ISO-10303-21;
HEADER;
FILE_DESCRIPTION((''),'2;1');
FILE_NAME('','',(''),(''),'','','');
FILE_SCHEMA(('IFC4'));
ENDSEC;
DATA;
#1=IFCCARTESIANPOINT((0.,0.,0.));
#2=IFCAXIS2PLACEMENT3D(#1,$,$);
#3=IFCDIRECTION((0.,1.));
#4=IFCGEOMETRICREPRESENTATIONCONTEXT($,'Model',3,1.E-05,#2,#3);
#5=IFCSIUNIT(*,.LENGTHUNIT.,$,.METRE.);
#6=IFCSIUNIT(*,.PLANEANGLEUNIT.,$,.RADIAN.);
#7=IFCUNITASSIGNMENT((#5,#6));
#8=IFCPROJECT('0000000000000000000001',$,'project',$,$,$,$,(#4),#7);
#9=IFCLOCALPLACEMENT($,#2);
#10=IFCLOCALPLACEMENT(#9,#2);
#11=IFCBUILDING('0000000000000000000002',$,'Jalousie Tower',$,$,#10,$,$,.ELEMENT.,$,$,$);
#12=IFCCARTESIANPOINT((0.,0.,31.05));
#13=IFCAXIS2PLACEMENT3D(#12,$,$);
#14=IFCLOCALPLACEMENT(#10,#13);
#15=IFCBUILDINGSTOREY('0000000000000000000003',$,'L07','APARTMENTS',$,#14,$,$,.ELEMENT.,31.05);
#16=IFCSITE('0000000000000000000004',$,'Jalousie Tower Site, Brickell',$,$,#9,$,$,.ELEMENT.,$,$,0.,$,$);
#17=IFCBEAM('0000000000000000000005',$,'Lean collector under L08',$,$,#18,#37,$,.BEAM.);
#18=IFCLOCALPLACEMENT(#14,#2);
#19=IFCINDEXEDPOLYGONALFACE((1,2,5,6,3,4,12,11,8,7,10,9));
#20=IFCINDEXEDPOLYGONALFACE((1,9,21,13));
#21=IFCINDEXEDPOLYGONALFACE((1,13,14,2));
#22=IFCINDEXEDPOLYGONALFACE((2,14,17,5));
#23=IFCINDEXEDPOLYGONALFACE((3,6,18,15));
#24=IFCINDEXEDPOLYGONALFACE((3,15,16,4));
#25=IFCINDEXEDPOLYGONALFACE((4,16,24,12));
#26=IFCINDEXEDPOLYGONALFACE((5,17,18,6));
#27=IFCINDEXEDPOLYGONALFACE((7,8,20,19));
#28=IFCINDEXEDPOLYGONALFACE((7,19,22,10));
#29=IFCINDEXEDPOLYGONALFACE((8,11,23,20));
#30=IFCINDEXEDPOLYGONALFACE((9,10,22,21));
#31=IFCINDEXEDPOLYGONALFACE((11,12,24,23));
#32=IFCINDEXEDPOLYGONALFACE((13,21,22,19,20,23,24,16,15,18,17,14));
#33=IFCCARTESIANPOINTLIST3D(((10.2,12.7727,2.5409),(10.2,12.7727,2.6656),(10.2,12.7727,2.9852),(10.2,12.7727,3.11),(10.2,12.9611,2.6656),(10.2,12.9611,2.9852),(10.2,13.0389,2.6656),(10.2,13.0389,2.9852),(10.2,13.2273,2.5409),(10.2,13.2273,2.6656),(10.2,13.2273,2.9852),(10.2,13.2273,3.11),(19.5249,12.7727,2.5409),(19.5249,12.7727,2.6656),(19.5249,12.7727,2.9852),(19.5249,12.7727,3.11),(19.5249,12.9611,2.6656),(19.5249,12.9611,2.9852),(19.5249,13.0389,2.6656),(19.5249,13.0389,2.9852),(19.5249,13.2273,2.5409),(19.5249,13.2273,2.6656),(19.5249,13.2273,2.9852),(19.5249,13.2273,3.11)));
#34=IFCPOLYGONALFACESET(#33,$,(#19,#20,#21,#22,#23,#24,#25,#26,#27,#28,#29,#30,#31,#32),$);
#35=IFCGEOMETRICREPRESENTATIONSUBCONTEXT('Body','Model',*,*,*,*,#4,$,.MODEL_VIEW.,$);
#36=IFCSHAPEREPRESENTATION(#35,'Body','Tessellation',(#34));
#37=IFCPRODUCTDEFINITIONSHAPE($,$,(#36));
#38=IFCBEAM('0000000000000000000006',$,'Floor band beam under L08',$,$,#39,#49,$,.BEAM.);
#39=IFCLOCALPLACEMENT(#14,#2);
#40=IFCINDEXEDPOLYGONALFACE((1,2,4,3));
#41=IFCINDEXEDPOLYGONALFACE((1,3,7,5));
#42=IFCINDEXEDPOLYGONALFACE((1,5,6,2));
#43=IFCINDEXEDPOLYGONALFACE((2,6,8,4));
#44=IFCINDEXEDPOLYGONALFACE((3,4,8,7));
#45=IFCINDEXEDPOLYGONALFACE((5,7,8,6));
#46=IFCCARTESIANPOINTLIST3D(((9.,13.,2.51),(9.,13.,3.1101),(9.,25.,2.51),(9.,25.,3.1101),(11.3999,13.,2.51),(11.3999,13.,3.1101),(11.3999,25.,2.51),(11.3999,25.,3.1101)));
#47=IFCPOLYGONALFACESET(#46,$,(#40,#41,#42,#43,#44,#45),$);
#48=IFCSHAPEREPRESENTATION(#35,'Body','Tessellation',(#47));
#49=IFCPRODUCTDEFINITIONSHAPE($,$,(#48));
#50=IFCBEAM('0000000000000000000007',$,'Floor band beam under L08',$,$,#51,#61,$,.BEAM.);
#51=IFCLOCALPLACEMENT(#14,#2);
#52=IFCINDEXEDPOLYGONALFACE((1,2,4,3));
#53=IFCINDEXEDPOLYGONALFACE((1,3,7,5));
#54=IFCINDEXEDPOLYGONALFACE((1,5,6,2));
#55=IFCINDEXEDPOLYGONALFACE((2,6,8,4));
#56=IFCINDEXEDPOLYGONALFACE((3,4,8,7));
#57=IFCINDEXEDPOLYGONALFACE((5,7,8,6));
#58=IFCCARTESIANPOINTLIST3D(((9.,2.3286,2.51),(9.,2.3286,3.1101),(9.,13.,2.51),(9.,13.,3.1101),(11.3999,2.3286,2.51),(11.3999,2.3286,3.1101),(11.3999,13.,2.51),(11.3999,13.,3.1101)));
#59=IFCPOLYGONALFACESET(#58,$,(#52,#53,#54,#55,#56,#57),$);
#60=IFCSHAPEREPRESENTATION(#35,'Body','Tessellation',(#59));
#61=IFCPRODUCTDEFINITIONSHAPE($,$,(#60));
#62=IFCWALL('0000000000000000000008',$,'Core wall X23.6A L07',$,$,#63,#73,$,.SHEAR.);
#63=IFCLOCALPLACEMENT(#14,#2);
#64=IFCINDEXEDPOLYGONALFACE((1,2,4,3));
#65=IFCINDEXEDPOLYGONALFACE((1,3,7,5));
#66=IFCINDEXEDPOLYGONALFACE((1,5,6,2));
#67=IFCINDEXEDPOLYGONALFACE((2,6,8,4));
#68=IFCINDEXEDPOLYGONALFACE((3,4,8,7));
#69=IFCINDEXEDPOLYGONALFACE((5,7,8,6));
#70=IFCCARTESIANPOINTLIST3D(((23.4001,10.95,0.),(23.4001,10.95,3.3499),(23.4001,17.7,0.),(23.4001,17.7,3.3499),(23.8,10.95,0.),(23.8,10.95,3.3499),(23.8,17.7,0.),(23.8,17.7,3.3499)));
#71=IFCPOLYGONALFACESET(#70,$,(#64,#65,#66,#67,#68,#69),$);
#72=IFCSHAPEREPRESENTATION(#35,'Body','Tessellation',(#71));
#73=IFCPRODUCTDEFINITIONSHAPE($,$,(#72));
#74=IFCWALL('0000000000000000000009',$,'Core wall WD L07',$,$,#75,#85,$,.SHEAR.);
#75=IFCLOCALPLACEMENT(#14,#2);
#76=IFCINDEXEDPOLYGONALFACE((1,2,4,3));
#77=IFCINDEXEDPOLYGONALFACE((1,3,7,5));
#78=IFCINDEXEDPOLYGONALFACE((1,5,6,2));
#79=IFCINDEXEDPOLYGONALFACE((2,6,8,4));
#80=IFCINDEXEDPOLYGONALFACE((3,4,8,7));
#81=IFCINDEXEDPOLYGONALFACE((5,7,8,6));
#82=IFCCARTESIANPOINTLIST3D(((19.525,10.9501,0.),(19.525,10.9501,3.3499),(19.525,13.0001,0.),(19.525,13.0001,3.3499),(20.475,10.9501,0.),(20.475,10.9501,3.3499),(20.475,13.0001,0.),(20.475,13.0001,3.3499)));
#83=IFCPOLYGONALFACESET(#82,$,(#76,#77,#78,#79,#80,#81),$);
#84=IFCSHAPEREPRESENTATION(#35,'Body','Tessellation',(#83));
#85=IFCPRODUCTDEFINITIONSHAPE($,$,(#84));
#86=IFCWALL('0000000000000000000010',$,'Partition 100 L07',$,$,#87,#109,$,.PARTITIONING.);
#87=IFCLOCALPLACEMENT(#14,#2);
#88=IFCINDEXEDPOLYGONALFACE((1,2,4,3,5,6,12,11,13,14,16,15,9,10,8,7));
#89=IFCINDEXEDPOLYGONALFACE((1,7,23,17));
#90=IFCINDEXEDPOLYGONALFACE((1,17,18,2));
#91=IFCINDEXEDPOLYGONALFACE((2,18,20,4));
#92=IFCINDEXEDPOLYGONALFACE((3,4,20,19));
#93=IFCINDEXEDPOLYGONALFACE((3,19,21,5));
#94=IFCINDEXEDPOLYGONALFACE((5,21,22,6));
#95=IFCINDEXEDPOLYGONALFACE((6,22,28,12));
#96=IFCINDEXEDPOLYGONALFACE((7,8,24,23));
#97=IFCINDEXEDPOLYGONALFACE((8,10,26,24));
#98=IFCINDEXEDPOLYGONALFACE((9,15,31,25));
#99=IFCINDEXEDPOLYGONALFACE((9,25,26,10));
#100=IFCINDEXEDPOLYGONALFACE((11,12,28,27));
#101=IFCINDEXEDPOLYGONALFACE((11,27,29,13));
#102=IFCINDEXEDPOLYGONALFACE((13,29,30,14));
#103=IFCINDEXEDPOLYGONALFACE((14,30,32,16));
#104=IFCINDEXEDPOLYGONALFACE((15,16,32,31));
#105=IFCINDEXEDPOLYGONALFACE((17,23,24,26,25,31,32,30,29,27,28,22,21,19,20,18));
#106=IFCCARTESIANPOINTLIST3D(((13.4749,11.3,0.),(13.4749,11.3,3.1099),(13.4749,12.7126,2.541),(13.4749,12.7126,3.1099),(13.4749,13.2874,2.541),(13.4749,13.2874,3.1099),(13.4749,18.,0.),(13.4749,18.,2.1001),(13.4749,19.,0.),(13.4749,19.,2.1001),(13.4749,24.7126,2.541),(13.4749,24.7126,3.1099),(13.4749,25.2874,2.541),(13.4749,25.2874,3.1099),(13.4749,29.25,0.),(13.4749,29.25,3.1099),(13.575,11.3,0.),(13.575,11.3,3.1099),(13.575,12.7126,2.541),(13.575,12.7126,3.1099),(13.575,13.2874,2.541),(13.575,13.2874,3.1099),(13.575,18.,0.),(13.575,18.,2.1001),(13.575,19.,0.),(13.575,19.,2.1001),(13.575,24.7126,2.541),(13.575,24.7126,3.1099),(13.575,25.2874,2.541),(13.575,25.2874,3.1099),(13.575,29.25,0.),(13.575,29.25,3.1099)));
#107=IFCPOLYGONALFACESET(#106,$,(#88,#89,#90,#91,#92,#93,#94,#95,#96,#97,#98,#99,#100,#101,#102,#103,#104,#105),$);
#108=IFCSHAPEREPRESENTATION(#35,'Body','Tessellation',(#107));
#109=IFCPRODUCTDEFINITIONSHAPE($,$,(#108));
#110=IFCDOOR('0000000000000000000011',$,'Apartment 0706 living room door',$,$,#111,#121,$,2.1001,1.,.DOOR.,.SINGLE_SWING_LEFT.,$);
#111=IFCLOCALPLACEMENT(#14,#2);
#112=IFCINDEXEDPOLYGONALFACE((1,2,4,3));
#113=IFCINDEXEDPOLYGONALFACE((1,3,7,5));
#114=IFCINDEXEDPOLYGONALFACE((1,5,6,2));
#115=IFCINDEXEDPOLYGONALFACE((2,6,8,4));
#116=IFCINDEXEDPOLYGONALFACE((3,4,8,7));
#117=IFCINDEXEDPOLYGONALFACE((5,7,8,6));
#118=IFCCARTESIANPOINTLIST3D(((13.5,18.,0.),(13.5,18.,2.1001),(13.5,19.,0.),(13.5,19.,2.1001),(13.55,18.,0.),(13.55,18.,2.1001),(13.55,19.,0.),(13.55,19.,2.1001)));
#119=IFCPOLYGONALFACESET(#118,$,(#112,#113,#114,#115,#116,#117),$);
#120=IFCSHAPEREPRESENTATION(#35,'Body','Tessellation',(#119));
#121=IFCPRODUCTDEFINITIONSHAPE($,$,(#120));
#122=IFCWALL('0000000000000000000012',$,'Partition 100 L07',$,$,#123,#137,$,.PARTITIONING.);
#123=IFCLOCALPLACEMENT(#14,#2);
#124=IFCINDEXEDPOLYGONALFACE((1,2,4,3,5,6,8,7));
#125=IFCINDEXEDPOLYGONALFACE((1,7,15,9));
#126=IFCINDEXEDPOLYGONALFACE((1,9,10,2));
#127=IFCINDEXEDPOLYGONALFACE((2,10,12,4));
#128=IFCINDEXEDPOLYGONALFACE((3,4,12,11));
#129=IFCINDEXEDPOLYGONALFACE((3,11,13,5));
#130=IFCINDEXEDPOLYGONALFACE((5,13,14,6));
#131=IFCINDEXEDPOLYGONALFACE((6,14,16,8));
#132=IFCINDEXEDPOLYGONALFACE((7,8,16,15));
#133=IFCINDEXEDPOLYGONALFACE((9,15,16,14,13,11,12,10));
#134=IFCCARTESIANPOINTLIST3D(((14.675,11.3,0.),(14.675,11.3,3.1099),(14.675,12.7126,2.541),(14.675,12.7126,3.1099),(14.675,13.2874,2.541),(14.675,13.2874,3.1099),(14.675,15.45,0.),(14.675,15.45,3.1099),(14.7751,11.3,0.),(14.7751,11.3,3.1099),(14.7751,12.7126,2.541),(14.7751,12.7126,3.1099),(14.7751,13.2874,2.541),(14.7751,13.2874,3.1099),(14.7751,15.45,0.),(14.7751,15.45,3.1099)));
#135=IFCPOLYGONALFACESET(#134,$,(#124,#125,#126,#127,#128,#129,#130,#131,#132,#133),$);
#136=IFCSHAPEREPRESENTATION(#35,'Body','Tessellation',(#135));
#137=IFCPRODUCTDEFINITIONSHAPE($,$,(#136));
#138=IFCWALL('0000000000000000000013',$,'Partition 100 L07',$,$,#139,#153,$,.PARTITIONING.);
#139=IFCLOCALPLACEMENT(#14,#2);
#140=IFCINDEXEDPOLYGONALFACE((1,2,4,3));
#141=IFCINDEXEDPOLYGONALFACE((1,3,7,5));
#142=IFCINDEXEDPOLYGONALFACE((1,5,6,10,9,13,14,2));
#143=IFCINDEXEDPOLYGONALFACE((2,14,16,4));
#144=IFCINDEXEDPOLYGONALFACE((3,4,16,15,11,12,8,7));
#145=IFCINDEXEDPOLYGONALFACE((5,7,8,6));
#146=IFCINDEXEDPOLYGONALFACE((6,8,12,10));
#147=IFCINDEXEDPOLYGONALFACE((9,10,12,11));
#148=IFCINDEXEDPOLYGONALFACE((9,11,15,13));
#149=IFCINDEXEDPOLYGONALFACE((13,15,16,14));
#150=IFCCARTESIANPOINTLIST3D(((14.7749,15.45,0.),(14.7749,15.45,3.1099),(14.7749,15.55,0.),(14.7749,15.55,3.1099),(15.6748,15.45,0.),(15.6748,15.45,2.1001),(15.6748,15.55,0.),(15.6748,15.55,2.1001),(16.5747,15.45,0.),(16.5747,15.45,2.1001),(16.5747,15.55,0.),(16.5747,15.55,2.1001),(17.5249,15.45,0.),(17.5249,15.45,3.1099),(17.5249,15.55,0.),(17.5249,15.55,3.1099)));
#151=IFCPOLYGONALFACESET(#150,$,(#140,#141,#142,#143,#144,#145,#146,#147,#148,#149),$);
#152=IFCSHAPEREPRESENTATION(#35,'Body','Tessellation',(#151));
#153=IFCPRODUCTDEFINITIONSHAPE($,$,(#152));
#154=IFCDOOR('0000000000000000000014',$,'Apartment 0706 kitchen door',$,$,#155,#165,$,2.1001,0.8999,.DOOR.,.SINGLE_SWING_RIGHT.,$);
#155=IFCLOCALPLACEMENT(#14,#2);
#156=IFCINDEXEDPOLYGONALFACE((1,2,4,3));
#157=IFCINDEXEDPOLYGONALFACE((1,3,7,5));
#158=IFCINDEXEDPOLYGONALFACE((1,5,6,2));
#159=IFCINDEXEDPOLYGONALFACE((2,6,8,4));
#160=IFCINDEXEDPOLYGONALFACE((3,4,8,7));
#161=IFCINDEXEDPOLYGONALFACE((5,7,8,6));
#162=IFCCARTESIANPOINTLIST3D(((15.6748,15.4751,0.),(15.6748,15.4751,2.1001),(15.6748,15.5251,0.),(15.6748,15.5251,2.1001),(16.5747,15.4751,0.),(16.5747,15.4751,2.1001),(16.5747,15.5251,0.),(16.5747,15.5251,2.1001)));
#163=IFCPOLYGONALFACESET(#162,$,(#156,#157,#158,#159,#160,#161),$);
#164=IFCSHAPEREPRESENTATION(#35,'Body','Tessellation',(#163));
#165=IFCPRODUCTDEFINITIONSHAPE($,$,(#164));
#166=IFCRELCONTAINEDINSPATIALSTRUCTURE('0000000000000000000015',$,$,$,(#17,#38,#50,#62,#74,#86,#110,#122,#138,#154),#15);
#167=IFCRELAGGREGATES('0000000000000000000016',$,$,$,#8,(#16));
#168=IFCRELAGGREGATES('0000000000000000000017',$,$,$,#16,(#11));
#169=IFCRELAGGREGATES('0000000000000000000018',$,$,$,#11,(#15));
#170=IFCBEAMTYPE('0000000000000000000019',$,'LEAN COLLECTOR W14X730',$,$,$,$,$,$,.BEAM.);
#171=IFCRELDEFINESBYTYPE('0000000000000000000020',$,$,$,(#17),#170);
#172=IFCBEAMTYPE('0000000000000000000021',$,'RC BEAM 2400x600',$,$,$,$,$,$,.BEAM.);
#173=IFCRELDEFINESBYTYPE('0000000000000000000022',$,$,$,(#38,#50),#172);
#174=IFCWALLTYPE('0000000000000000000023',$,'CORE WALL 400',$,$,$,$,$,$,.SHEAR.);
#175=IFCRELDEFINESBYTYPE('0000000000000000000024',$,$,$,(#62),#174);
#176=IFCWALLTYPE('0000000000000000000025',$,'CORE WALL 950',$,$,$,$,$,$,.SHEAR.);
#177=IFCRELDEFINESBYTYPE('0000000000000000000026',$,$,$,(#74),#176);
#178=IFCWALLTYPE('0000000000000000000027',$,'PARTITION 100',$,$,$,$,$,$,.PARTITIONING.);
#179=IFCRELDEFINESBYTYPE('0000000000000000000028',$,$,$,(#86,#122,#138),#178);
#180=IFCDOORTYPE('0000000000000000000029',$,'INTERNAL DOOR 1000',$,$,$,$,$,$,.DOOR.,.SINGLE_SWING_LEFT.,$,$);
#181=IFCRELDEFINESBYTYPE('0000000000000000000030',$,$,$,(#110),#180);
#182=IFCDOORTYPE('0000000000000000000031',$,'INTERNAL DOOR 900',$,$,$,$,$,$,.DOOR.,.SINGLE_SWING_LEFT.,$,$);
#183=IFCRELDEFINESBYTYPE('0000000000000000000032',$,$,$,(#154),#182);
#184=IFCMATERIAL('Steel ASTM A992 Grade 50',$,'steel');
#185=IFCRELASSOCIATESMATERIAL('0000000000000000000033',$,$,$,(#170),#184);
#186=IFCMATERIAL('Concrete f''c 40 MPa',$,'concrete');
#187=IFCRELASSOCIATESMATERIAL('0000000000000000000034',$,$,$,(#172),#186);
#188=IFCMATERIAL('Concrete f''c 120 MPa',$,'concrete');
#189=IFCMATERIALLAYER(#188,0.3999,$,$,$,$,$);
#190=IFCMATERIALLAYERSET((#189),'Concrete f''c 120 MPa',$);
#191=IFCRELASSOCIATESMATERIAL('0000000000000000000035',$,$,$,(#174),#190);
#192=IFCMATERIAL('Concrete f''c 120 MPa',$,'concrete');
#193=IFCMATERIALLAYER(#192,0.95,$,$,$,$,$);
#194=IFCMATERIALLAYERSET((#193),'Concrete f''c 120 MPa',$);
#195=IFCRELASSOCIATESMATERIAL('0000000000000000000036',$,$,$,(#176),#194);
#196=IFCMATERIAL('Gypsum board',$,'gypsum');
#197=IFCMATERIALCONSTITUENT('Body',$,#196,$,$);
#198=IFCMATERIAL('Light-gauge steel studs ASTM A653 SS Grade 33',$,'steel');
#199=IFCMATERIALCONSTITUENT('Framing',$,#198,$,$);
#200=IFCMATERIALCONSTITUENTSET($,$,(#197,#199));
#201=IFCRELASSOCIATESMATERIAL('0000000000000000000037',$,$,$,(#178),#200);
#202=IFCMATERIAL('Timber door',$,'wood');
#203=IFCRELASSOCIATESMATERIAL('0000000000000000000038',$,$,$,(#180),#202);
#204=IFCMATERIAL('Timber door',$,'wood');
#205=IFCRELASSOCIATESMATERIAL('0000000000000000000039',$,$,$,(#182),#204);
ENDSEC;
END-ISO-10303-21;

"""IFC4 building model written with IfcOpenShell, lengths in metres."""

from ifc_helpers import new_model, si_unit, direction, frame, frame_2d, origin, origin_2d, place, context, subcontext, project, spatial, polyline, rectangle, i_section, outline, extrude, material, layer, layer_set, constituent, constituent_set, material_profile, profile_set, type_object, element, fill, save


model = new_model("IFC4")

# Units and contexts
model_context = context("Model", 3, precision=1e-05, world=origin(), true_north=direction((0.0, 1.0)))
body_context = subcontext(model_context, "Body", "Model", "MODEL_VIEW")
ifc_project = project(units=[si_unit("LENGTHUNIT", "METRE"), si_unit("PLANEANGLEUNIT", "RADIAN")], contexts=[model_context])

# Site, building, storey
site_placement = place(None, origin())
site = spatial("IfcSite", under=ifc_project, at=site_placement, Name="Jalousie Tower Site, Brickell", CompositionType="ELEMENT", RefElevation=0.0)
building_placement = place(site_placement, origin())
building = spatial("IfcBuilding", under=site, at=building_placement, Name="Jalousie Tower", CompositionType="ELEMENT")
storey_placement = place(building_placement, frame((0.0, 0.0, 31.05)))
storey = spatial("IfcBuildingStorey", under=building, at=storey_placement, Name="L07", Description="APARTMENTS", CompositionType="ELEMENT", Elevation=31.05)

# Beams
ifc_material_1 = material(Name="Steel ASTM A992 Grade 50", Category="steel")
ifc_material_profile_1 = material_profile(ifc_material_1, i_section(OverallWidth=0.4546, OverallDepth=0.5691, WebThickness=0.0779, FlangeThickness=0.1248, at=origin_2d()), Name="W14X730")
ifc_profile_set_1 = profile_set([ifc_material_profile_1], Name="Steel ASTM A992 Grade 50")
beam_type_1 = type_object("IfcBeamType", Name="LEAN COLLECTOR W14X730", PredefinedType="BEAM", material=ifc_profile_set_1)
beam_1_placement = place(storey_placement, frame((10.2, 13.0, 2.8254), z_axis=(1.0, 0.0, 0.0), x_axis=(0.0, 1.0, 0.0)))
element("IfcBeam", 1, at=beam_1_placement, inside=storey, type_object=beam_type_1, Name="Lean collector under L08", PredefinedType="BEAM", context=body_context, shape_type="SweptSolid", body=[
    extrude(i_section(OverallWidth=0.4546, OverallDepth=0.5691, WebThickness=0.0779, FlangeThickness=0.1248, at=origin_2d()), origin(), (0.0, 0.0, 1.0), 9.325),
])
ifc_material_2 = material(Name="Concrete f'c 40 MPa", Category="concrete")
ifc_material_profile_2 = material_profile(ifc_material_2, rectangle(XDim=2.3999, YDim=0.6001, at=origin_2d()), Name="RC 2400x600")
ifc_profile_set_2 = profile_set([ifc_material_profile_2], Name="Concrete f'c 40 MPa")
beam_type_2 = type_object("IfcBeamType", Name="RC BEAM 2400x600", PredefinedType="BEAM", material=ifc_profile_set_2)
beam_2_placement = place(storey_placement, frame((10.2, 13.0, 2.8101), z_axis=(0.0, 1.0, 0.0), x_axis=(-1.0, 0.0, 0.0)))
element("IfcBeam", 2, at=beam_2_placement, inside=storey, type_object=beam_type_2, Name="Floor band beam under L08", PredefinedType="BEAM", context=body_context, shape_type="SweptSolid", body=[
    extrude(rectangle(XDim=2.3999, YDim=0.6001, at=origin_2d()), origin(), (0.0, 0.0, 1.0), 12.0),
])
beam_3_placement = place(storey_placement, frame((10.2, 13.0, 2.8101), z_axis=(0.0, -1.0, 0.0), x_axis=(1.0, 0.0, 0.0)))
element("IfcBeam", 3, at=beam_3_placement, inside=storey, type_object=beam_type_2, Name="Floor band beam under L08", PredefinedType="BEAM", context=body_context, shape_type="SweptSolid", body=[
    extrude(rectangle(XDim=2.3999, YDim=0.6001, at=origin_2d()), origin(), (0.0, 0.0, 1.0), 10.6714),
])

# Walls
ifc_material_3 = material(Name="Concrete f'c 120 MPa", Category="concrete")
ifc_layer_1 = layer(ifc_material_3, 0.3999)
ifc_layer_set_1 = layer_set([ifc_layer_1], Name="Concrete f'c 120 MPa")
wall_type_1 = type_object("IfcWallType", Name="CORE WALL 400", PredefinedType="SHEAR", material=ifc_layer_set_1)
wall_1_placement = place(storey_placement, frame((23.6001, 10.95, 0.0), z_axis=(0.0, 0.0, 1.0), x_axis=(0.0, 1.0, 0.0)))
element("IfcWall", 4, at=wall_1_placement, inside=storey, type_object=wall_type_1, Name="Core wall X23.6A L07", PredefinedType="SHEAR", context=body_context, shape_type="SweptSolid", body=[
    extrude(rectangle(XDim=6.75, YDim=0.3999, at=frame_2d((3.375, 0.0))), origin(), (0.0, 0.0, 1.0), 3.3499),
])
ifc_material_4 = material(Name="Concrete f'c 120 MPa", Category="concrete")
ifc_layer_2 = layer(ifc_material_4, 0.95)
ifc_layer_set_2 = layer_set([ifc_layer_2], Name="Concrete f'c 120 MPa")
wall_type_2 = type_object("IfcWallType", Name="CORE WALL 950", PredefinedType="SHEAR", material=ifc_layer_set_2)
wall_2_placement = place(storey_placement, frame((20.0, 13.0, 0.0), z_axis=(0.0, 0.0, 1.0), x_axis=(0.0, -1.0, 0.0)))
element("IfcWall", 5, at=wall_2_placement, inside=storey, type_object=wall_type_2, Name="Core wall WD L07", PredefinedType="SHEAR", context=body_context, shape_type="SweptSolid", body=[
    extrude(rectangle(XDim=2.05, YDim=0.95, at=frame_2d((1.0249, 0.0))), origin(), (0.0, 0.0, 1.0), 3.3499),
])

# Wall, opening, door
ifc_material_5 = material(Name="Gypsum board", Category="gypsum")
ifc_constituent_1 = constituent(ifc_material_5, Name="Body")
ifc_material_6 = material(Name="Light-gauge steel studs ASTM A653 SS Grade 33", Category="steel")
ifc_constituent_2 = constituent(ifc_material_6, Name="Framing")
ifc_constituent_set_1 = constituent_set(constituents=[ifc_constituent_1, ifc_constituent_2])
wall_type_3 = type_object("IfcWallType", Name="PARTITION 100", PredefinedType="PARTITIONING", material=ifc_constituent_set_1)
wall_3_placement = place(storey_placement, frame((13.5249, 11.3, 0.0), z_axis=(0.0, 0.0, 1.0), x_axis=(0.0, 1.0, 0.0)))
wall_3 = element("IfcWall", 6, at=wall_3_placement, inside=storey, type_object=wall_type_3, Name="Partition 100 L07", PredefinedType="PARTITIONING", context=body_context, shape_type="SweptSolid", body=[
    extrude(outline(polyline([(0.0, 0.0), (17.95, 0.0), (17.95, 3.1099), (13.9873, 3.1099), (13.9873, 2.541), (13.4126, 2.541), (13.4126, 3.1099), (1.9873, 3.1099), (1.9873, 2.541), (1.4126, 2.541), (1.4126, 3.1099), (0.0, 3.1099), (0.0, 0.0)])), frame((0.0, 0.05, 0.0), z_axis=(0.0, -1.0, 0.0), x_axis=(1.0, 0.0, 0.0)), (0.0, 0.0, 1.0), 0.1001),
])
opening_1_placement = place(wall_3_placement, frame((6.7, 0.0, 0.0)))
opening_1 = element("IfcOpeningElement", 7, at=opening_1_placement, cuts=wall_3, PredefinedType="OPENING", context=body_context, shape_type="SweptSolid", body=[
    extrude(rectangle(XDim=1.0, YDim=2.1001, at=frame_2d((0.5, 1.05))), frame((0.0, 0.0601, 0.0), z_axis=(0.0, -1.0, 0.0), x_axis=(1.0, 0.0, 0.0)), (0.0, 0.0, 1.0), 0.1201),
])
ifc_material_7 = material(Name="Timber door", Category="wood")
door_type_1 = type_object("IfcDoorType", Name="INTERNAL DOOR 1000", OperationType="SINGLE_SWING_LEFT", PredefinedType="DOOR", material=ifc_material_7)
door_1_placement = place(opening_1_placement, origin())
door_1 = element("IfcDoor", 8, at=door_1_placement, inside=storey, type_object=door_type_1, Name="Apartment 0706 living room door", OperationType="SINGLE_SWING_LEFT", OverallHeight=2.1001, OverallWidth=1.0, PredefinedType="DOOR", context=body_context, shape_type="SweptSolid", body=[
    extrude(rectangle(XDim=1.0, YDim=2.1001, at=frame_2d((0.5, 1.05))), frame((0.0, 0.0249, 0.0), z_axis=(0.0, -1.0, 0.0), x_axis=(1.0, 0.0, 0.0)), (0.0, 0.0, 1.0), 0.05),
])
fill(opening_1, door_1)

# Wall
wall_4_placement = place(storey_placement, frame((14.7251, 11.3, 0.0), z_axis=(0.0, 0.0, 1.0), x_axis=(0.0, 1.0, 0.0)))
element("IfcWall", 9, at=wall_4_placement, inside=storey, type_object=wall_type_3, Name="Partition 100 L07", PredefinedType="PARTITIONING", context=body_context, shape_type="SweptSolid", body=[
    extrude(outline(polyline([(0.0, 0.0), (4.1499, 0.0), (4.1499, 3.1099), (1.9873, 3.1099), (1.9873, 2.541), (1.4126, 2.541), (1.4126, 3.1099), (0.0, 3.1099), (0.0, 0.0)])), frame((0.0, 0.05, 0.0), z_axis=(0.0, -1.0, 0.0), x_axis=(1.0, 0.0, 0.0)), (0.0, 0.0, 1.0), 0.1001),
])

# Wall, opening, door
wall_5_placement = place(storey_placement, frame((14.7749, 15.5, 0.0), z_axis=(0.0, 0.0, 1.0), x_axis=(1.0, 0.0, 0.0)))
wall_5 = element("IfcWall", 10, at=wall_5_placement, inside=storey, type_object=wall_type_3, Name="Partition 100 L07", PredefinedType="PARTITIONING", context=body_context, shape_type="SweptSolid", body=[
    extrude(rectangle(XDim=2.75, YDim=0.1001, at=frame_2d((1.375, 0.0))), origin(), (0.0, 0.0, 1.0), 3.1099),
])
opening_2_placement = place(wall_5_placement, frame((0.8999, 0.0, 0.0)))
opening_2 = element("IfcOpeningElement", 11, at=opening_2_placement, cuts=wall_5, PredefinedType="OPENING", context=body_context, shape_type="SweptSolid", body=[
    extrude(rectangle(XDim=0.8999, YDim=2.1001, at=frame_2d((0.45, 1.05))), frame((0.0, 0.0601, 0.0), z_axis=(0.0, -1.0, 0.0), x_axis=(1.0, 0.0, 0.0)), (0.0, 0.0, 1.0), 0.1201),
])
ifc_material_8 = material(Name="Timber door", Category="wood")
door_type_2 = type_object("IfcDoorType", Name="INTERNAL DOOR 900", OperationType="SINGLE_SWING_LEFT", PredefinedType="DOOR", material=ifc_material_8)
door_2_placement = place(opening_2_placement, frame((0.8999, 0.0, 0.0), z_axis=(0.0, 0.0, 1.0), x_axis=(-1.0, 0.0, 0.0)))
door_2 = element("IfcDoor", 12, at=door_2_placement, inside=storey, type_object=door_type_2, Name="Apartment 0706 kitchen door", OperationType="SINGLE_SWING_RIGHT", OverallHeight=2.1001, OverallWidth=0.8999, PredefinedType="DOOR", context=body_context, shape_type="SweptSolid", body=[
    extrude(rectangle(XDim=0.8999, YDim=2.1001, at=frame_2d((0.45, 1.05))), frame((0.0, 0.0249, 0.0), z_axis=(0.0, -1.0, 0.0), x_axis=(1.0, 0.0, 0.0)), (0.0, 0.0, 1.0), 0.05),
])
fill(opening_2, door_2)

save(model, "model.ifc")
